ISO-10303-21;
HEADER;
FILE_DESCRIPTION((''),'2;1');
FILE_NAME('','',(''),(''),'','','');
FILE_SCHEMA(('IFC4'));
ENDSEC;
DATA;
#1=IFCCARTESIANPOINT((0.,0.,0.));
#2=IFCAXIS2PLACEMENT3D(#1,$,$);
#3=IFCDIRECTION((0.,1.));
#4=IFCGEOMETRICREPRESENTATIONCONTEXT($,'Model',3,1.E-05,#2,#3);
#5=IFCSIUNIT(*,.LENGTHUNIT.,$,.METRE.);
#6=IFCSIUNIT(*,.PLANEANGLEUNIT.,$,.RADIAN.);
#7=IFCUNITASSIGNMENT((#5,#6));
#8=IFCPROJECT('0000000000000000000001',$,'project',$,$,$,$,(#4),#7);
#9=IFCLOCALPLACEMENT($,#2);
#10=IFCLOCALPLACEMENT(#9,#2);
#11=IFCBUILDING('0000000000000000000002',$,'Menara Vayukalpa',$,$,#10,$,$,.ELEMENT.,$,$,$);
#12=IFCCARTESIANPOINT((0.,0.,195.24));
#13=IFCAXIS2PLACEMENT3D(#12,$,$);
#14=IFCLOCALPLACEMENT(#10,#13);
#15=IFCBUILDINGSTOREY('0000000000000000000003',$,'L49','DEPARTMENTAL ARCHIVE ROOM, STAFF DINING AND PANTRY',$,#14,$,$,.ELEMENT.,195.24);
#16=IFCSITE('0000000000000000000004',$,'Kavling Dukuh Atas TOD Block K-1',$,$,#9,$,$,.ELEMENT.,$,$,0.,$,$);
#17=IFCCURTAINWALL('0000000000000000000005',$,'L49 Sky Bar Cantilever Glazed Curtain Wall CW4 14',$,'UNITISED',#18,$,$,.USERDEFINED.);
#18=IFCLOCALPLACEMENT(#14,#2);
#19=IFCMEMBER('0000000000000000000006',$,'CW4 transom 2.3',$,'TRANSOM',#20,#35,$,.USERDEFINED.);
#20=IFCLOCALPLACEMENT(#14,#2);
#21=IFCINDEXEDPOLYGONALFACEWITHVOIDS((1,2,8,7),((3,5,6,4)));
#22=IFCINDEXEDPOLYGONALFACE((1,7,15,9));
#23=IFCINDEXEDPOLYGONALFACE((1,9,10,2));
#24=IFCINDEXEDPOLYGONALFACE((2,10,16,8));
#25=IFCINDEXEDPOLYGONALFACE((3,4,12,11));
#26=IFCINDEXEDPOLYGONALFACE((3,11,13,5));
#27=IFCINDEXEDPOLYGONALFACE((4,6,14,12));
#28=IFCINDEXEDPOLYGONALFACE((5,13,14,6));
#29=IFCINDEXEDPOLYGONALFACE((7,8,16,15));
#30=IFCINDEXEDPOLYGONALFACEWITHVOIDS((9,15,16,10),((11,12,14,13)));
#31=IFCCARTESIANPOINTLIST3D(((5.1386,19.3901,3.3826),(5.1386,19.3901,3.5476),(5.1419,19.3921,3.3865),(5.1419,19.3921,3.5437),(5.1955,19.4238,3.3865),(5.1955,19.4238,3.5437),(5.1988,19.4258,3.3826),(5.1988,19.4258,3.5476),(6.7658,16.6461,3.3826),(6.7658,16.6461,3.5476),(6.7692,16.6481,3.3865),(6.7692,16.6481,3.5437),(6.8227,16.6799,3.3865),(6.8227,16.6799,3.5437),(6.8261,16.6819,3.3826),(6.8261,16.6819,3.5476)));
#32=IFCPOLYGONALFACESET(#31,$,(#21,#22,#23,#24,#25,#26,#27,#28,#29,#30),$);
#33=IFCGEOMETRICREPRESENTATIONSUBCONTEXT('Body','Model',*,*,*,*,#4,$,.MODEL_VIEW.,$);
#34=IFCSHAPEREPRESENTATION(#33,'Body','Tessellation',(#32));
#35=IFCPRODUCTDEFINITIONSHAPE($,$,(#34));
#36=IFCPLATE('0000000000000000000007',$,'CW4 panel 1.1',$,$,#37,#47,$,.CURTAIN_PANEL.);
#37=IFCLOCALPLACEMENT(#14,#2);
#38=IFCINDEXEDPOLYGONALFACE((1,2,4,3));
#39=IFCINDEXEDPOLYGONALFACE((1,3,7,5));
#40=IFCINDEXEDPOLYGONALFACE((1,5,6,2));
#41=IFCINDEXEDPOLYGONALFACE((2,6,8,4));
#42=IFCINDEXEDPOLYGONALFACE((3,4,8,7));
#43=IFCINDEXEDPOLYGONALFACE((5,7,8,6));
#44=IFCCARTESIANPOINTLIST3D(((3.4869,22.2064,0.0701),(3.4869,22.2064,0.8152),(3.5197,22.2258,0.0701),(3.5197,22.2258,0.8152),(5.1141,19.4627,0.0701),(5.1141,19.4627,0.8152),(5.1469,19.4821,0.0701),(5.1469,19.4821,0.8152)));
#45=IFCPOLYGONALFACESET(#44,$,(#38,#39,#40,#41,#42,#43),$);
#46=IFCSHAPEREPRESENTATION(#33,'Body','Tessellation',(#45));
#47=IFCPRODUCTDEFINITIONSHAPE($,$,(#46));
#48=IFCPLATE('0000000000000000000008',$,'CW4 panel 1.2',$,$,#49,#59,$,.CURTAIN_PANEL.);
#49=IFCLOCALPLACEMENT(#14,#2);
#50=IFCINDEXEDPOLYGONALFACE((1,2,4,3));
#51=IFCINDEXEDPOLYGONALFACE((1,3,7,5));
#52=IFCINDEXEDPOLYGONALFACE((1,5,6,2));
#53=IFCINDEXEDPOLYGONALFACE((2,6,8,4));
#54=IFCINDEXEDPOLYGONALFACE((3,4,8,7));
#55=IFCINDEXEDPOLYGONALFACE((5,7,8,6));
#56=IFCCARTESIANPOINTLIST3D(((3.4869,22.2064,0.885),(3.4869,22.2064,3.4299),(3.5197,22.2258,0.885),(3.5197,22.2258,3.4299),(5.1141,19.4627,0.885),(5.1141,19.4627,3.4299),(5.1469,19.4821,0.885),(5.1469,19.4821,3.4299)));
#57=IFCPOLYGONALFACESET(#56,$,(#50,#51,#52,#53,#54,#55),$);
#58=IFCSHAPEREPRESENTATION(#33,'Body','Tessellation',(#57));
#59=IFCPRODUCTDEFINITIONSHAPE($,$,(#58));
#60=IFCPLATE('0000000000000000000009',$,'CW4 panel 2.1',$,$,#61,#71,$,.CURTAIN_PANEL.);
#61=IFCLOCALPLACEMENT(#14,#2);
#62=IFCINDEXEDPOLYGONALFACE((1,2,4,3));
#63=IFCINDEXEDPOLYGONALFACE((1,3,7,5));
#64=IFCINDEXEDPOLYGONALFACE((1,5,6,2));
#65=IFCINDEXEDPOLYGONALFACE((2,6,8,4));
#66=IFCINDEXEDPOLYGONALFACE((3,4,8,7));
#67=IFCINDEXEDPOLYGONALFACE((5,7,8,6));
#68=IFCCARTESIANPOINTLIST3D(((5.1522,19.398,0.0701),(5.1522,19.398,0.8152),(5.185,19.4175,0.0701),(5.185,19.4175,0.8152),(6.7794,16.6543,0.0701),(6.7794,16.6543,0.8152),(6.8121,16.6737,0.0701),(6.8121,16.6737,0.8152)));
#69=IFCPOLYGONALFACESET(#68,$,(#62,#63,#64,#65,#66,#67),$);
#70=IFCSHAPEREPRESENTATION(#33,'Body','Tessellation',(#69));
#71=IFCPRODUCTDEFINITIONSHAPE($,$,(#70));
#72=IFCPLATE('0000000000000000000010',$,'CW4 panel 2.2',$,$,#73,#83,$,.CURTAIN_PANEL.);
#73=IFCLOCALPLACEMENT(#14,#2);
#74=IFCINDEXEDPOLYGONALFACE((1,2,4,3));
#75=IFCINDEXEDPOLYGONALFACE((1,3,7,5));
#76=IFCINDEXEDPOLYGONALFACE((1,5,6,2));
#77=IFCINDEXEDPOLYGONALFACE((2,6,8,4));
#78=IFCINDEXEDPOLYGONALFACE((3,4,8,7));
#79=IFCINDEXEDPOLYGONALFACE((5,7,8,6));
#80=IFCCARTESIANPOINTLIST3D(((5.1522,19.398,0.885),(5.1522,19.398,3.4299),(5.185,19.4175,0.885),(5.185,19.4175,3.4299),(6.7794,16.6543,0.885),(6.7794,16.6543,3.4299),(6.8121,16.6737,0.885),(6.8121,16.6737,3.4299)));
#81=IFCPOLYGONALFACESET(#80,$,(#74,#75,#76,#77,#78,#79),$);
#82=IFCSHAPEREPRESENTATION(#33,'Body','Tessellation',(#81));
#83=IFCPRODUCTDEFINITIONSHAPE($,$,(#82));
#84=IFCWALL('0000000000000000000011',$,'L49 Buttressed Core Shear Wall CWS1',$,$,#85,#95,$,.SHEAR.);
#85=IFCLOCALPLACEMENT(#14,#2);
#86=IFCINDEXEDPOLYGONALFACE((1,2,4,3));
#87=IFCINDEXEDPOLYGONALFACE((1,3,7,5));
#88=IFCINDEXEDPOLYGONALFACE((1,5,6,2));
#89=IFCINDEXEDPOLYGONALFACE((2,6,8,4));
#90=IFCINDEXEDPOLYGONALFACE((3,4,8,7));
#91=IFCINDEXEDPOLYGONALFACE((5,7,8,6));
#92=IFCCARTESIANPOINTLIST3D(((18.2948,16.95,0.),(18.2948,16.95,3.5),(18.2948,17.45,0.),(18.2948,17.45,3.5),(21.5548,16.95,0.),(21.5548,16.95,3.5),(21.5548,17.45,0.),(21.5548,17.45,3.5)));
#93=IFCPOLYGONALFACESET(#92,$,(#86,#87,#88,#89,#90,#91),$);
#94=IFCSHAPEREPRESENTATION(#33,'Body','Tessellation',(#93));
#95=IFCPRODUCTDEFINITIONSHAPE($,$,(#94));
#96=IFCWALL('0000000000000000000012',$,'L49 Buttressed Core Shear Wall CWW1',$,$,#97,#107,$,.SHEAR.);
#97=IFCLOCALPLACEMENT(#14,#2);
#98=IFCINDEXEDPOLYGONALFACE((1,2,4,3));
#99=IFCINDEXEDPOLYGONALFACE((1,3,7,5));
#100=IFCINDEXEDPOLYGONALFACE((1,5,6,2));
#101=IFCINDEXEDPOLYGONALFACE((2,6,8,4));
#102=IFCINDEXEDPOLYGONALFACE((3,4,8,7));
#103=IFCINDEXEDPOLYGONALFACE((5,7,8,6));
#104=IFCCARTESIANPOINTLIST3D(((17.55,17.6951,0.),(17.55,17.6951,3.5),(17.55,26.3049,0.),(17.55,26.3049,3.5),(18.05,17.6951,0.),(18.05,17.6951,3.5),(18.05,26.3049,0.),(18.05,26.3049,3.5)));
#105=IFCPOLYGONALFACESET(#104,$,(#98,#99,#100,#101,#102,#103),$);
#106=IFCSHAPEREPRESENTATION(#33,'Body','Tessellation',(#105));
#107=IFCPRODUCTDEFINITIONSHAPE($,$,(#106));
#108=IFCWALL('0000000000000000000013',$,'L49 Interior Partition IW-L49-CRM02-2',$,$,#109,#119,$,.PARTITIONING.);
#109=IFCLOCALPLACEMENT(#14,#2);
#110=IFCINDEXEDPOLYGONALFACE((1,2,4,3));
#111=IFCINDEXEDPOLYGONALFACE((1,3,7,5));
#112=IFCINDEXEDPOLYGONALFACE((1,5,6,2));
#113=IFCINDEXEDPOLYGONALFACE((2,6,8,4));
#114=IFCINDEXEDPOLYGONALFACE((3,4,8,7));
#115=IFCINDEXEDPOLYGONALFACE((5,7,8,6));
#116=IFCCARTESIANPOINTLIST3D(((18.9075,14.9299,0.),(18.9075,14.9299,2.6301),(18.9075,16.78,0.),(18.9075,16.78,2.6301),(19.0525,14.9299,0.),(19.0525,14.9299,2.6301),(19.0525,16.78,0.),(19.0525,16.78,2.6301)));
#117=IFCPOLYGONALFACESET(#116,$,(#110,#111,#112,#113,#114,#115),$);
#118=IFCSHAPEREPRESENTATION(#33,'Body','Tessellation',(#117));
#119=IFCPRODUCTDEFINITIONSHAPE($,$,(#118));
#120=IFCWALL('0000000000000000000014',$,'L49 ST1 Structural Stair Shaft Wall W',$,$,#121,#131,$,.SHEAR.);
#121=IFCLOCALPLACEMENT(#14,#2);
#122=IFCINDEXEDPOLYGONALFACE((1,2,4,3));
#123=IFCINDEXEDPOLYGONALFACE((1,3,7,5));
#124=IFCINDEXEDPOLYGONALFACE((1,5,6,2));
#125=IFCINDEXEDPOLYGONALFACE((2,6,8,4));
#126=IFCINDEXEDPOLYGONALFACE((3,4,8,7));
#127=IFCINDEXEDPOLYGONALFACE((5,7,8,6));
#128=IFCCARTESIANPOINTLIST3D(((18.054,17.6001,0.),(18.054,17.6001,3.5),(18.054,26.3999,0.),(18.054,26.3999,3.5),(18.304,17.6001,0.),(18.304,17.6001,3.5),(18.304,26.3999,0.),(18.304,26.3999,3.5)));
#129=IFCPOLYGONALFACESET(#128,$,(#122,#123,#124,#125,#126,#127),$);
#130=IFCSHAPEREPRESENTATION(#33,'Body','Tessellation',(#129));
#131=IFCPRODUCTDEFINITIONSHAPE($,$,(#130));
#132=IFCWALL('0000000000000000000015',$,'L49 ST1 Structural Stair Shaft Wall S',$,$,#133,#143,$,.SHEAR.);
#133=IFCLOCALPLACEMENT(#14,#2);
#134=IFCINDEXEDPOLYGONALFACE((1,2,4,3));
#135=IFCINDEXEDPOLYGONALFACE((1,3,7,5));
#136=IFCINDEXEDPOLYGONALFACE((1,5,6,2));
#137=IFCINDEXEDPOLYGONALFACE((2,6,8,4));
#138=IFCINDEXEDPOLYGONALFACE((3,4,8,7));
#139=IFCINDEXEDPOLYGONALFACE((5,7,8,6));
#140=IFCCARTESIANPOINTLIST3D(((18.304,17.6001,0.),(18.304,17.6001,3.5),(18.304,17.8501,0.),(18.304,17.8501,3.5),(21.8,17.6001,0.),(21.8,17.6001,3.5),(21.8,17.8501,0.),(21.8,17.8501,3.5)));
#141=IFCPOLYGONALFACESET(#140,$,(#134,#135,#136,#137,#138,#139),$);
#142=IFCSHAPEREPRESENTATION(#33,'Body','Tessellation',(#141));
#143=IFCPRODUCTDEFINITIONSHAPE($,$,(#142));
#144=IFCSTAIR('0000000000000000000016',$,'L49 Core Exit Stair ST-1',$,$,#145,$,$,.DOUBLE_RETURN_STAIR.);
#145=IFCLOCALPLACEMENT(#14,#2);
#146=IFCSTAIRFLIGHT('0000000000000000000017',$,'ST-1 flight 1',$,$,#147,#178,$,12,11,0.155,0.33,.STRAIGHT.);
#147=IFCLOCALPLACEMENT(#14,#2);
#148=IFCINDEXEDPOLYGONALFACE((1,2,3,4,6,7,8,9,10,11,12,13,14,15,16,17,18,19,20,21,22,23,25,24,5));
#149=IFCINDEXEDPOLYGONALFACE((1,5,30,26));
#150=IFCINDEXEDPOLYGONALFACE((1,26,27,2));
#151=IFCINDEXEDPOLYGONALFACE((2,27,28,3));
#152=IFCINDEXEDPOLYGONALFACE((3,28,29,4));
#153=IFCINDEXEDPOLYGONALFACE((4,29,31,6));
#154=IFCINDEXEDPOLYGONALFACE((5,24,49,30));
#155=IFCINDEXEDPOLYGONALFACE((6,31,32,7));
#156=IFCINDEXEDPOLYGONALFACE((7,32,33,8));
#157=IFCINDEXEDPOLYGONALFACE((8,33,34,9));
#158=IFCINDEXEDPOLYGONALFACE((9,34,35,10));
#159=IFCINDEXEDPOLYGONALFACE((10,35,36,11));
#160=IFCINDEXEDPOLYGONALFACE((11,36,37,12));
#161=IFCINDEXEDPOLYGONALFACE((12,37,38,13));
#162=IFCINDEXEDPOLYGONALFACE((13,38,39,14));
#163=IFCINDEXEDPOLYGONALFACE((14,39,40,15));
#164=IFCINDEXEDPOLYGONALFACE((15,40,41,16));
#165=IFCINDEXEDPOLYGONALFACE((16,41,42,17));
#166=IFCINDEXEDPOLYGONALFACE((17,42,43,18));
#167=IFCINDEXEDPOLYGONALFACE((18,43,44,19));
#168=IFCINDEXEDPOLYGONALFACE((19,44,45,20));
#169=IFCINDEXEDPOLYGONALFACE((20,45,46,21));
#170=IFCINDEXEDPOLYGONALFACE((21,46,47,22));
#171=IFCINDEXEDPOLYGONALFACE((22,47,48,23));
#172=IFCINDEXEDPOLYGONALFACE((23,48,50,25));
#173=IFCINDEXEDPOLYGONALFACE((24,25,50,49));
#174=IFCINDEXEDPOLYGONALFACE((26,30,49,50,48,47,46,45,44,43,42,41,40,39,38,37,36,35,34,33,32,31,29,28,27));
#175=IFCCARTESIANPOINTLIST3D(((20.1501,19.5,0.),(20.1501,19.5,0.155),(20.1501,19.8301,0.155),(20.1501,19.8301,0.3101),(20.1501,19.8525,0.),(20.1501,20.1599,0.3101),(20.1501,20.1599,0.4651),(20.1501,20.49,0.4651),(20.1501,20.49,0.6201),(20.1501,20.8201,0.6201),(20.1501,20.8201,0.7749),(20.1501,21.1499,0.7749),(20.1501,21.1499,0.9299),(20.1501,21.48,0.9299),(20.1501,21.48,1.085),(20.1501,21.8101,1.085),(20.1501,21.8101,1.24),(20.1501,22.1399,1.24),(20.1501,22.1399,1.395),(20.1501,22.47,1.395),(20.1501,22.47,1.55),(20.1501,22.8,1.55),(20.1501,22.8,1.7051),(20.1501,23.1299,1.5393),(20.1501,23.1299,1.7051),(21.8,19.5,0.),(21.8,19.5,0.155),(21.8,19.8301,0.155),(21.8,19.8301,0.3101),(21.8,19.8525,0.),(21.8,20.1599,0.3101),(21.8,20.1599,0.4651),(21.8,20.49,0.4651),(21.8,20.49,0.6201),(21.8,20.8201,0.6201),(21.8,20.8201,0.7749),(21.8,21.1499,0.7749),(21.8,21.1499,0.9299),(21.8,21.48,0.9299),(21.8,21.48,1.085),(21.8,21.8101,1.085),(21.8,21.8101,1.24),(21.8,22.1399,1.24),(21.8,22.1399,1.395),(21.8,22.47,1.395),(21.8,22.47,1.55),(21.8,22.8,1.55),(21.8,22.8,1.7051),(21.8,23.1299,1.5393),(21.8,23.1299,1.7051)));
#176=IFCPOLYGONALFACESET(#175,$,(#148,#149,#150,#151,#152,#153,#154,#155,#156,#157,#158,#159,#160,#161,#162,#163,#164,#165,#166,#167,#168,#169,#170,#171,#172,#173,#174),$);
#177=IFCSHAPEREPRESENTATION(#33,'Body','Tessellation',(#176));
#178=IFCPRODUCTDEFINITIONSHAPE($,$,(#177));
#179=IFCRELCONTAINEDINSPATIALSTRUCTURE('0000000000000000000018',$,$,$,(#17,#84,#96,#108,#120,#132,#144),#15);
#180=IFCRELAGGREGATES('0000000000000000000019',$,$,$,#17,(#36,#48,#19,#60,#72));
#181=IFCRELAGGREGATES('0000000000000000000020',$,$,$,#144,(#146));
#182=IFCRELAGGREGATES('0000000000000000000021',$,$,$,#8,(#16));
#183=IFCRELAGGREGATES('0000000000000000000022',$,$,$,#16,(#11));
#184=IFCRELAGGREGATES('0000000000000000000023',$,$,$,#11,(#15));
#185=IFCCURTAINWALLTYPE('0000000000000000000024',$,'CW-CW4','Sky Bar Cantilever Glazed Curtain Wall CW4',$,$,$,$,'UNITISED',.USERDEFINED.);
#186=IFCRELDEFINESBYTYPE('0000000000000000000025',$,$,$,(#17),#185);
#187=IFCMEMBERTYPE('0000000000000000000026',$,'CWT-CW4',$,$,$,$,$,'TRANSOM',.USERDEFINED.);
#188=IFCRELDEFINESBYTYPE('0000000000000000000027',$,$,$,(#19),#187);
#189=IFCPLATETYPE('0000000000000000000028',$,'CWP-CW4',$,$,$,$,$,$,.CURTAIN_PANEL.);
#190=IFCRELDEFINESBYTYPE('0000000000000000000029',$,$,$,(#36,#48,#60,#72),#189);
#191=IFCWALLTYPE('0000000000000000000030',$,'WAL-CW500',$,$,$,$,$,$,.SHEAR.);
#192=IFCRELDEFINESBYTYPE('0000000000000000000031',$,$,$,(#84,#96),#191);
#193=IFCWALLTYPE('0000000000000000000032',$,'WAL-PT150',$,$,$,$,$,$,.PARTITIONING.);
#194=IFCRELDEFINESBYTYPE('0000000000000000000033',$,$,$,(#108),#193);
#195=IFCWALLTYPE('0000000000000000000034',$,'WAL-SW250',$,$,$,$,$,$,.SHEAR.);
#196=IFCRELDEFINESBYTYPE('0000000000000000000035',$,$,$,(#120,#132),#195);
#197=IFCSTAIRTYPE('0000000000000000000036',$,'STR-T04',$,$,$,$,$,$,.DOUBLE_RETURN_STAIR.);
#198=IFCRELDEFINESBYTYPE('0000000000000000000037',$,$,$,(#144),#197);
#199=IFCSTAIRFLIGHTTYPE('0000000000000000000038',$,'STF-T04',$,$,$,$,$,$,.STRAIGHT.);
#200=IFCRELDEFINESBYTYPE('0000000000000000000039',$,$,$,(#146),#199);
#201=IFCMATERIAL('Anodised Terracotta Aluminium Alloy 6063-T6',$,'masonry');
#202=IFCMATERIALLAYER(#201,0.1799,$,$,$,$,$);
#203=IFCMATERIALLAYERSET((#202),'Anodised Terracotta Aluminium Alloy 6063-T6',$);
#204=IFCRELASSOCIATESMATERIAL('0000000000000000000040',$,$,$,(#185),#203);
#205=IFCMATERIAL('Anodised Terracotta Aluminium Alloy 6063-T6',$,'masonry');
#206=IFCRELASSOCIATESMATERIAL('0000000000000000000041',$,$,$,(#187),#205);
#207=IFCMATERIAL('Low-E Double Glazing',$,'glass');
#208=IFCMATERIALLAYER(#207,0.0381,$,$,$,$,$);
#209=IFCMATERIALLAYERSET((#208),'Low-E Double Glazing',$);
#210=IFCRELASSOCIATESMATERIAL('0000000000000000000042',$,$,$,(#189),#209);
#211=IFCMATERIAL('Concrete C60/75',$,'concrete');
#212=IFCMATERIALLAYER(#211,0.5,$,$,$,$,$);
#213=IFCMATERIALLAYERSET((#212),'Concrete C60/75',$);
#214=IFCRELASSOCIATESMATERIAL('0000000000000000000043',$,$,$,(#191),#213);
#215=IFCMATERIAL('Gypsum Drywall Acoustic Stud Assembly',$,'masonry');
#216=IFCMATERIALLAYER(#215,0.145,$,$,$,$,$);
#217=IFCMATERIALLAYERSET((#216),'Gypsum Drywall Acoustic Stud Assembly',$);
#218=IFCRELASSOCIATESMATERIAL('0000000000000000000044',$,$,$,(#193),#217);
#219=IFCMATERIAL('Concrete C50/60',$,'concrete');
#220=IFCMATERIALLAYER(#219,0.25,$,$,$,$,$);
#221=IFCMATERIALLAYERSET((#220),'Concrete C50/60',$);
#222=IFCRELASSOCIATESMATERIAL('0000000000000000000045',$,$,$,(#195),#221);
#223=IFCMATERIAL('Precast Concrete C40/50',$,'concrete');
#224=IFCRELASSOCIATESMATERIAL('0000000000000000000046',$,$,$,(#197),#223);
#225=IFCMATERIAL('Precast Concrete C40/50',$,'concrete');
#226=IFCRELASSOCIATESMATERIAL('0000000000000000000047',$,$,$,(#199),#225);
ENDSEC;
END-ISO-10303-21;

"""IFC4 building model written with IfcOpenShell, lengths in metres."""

from ifc_helpers import new_model, si_unit, direction, frame, frame_2d, origin, origin_2d, place, context, subcontext, project, spatial, polyline, rectangle, hollow_rectangle, outline, extrude, material, layer, layer_set, material_profile, profile_set, type_object, element, aggregate, save


model = new_model("IFC4")

# Units and contexts
model_context = context("Model", 3, precision=1e-05, world=origin(), true_north=direction((0.0, 1.0)))
body_context = subcontext(model_context, "Body", "Model", "MODEL_VIEW")
ifc_project = project(units=[si_unit("LENGTHUNIT", "METRE"), si_unit("PLANEANGLEUNIT", "RADIAN")], contexts=[model_context])

# Site, building, storey
site_placement = place(None, origin())
site = spatial("IfcSite", under=ifc_project, at=site_placement, Name="Kavling Dukuh Atas TOD Block K-1", CompositionType="ELEMENT", RefElevation=0.0)
building_placement = place(site_placement, origin())
building = spatial("IfcBuilding", under=site, at=building_placement, Name="Menara Vayukalpa", CompositionType="ELEMENT")
storey_placement = place(building_placement, frame((0.0, 0.0, 195.24)))
storey = spatial("IfcBuildingStorey", under=building, at=storey_placement, Name="L49", Description="DEPARTMENTAL ARCHIVE ROOM, STAFF DINING AND PANTRY", CompositionType="ELEMENT", Elevation=195.24)

# Shared definitions
ifc_material_1 = material(Name="Anodised Terracotta Aluminium Alloy 6063-T6", Category="masonry")
ifc_layer_1 = layer(ifc_material_1, 0.1799)
ifc_layer_set_1 = layer_set([ifc_layer_1], Name="Anodised Terracotta Aluminium Alloy 6063-T6")
curtain_wall_type = type_object("IfcCurtainWallType", Name="CW-CW4", Description="Sky Bar Cantilever Glazed Curtain Wall CW4", ElementType="UNITISED", PredefinedType="USERDEFINED", material=ifc_layer_set_1)

# Curtain wall, member, plates
curtain_wall_1_placement = place(storey_placement, origin())
curtain_wall_1 = element("IfcCurtainWall", 1, at=curtain_wall_1_placement, inside=storey, type_object=curtain_wall_type, Name="L49 Sky Bar Cantilever Glazed Curtain Wall CW4 14", ObjectType="UNITISED", PredefinedType="USERDEFINED")
ifc_material_2 = material(Name="Anodised Terracotta Aluminium Alloy 6063-T6", Category="masonry")
ifc_material_profile_1 = material_profile(ifc_material_2, hollow_rectangle(XDim=0.0701, YDim=0.165, WallThickness=0.0039, at=origin_2d()), Name="ALU 70x165x4")
ifc_profile_set_1 = profile_set([ifc_material_profile_1], Name="Anodised Terracotta Aluminium Alloy 6063-T6")
member_type_1 = type_object("IfcMemberType", Name="CWT-CW4", ElementType="TRANSOM", PredefinedType="USERDEFINED", material=ifc_profile_set_1)
member_1_placement = place(storey_placement, frame((5.1687, 19.408, 3.4651), z_axis=(0.510077, -0.860129, 0.0), x_axis=(0.860129, 0.510077, 0.0)))
member_1 = element("IfcMember", 2, at=member_1_placement, type_object=member_type_1, Name="CW4 transom 2.3", ObjectType="TRANSOM", PredefinedType="USERDEFINED", context=body_context, shape_type="SweptSolid", body=[
    extrude(hollow_rectangle(XDim=0.0701, YDim=0.165, WallThickness=0.0039, at=origin_2d()), origin(), (0.0, 0.0, 1.0), 3.1902),
])
ifc_material_3 = material(Name="Low-E Double Glazing", Category="glass")
ifc_layer_2 = layer(ifc_material_3, 0.0381)
ifc_layer_set_2 = layer_set([ifc_layer_2], Name="Low-E Double Glazing")
plate_type = type_object("IfcPlateType", Name="CWP-CW4", PredefinedType="CURTAIN_PANEL", material=ifc_layer_set_2)
plate_1_placement = place(storey_placement, frame((4.3169, 20.8442, 0.0701), z_axis=(0.0, 0.0, 1.0), x_axis=(0.510092, -0.86012, 0.0)))
plate_1 = element("IfcPlate", 3, at=plate_1_placement, type_object=plate_type, Name="CW4 panel 1.1", PredefinedType="CURTAIN_PANEL", context=body_context, shape_type="SweptSolid", body=[
    extrude(rectangle(XDim=3.1899, YDim=0.0381, at=origin_2d()), origin(), (0.0, 0.0, 1.0), 0.7451),
])
plate_2_placement = place(storey_placement, frame((4.3169, 20.8442, 0.885), z_axis=(0.0, 0.0, 1.0), x_axis=(0.510092, -0.86012, 0.0)))
plate_2 = element("IfcPlate", 4, at=plate_2_placement, type_object=plate_type, Name="CW4 panel 1.2", PredefinedType="CURTAIN_PANEL", context=body_context, shape_type="SweptSolid", body=[
    extrude(rectangle(XDim=3.1899, YDim=0.0381, at=origin_2d()), origin(), (0.0, 0.0, 1.0), 2.5449),
])
plate_3_placement = place(storey_placement, frame((5.9822, 18.0359, 0.0701), z_axis=(0.0, 0.0, 1.0), x_axis=(0.510092, -0.86012, 0.0)))
plate_3 = element("IfcPlate", 5, at=plate_3_placement, type_object=plate_type, Name="CW4 panel 2.1", PredefinedType="CURTAIN_PANEL", context=body_context, shape_type="SweptSolid", body=[
    extrude(rectangle(XDim=3.1899, YDim=0.0381, at=origin_2d()), origin(), (0.0, 0.0, 1.0), 0.7451),
])
plate_4_placement = place(storey_placement, frame((5.9822, 18.0359, 0.885), z_axis=(0.0, 0.0, 1.0), x_axis=(0.510092, -0.86012, 0.0)))
plate_4 = element("IfcPlate", 6, at=plate_4_placement, type_object=plate_type, Name="CW4 panel 2.2", PredefinedType="CURTAIN_PANEL", context=body_context, shape_type="SweptSolid", body=[
    extrude(rectangle(XDim=3.1899, YDim=0.0381, at=origin_2d()), origin(), (0.0, 0.0, 1.0), 2.5449),
])
aggregate(curtain_wall_1, [plate_1, plate_2, member_1, plate_3, plate_4])

# Walls
ifc_material_4 = material(Name="Concrete C60/75", Category="concrete")
ifc_layer_3 = layer(ifc_material_4, 0.5)
ifc_layer_set_3 = layer_set([ifc_layer_3], Name="Concrete C60/75")
wall_type_1 = type_object("IfcWallType", Name="WAL-CW500", PredefinedType="SHEAR", material=ifc_layer_set_3)
wall_1_placement = place(storey_placement, frame((18.2949, 17.2, 0.0), z_axis=(0.0, 0.0, 1.0), x_axis=(1.0, 0.0, 0.0)))
element("IfcWall", 7, at=wall_1_placement, inside=storey, type_object=wall_type_1, Name="L49 Buttressed Core Shear Wall CWS1", PredefinedType="SHEAR", context=body_context, shape_type="SweptSolid", body=[
    extrude(rectangle(XDim=3.26, YDim=0.5, at=frame_2d((1.6299, 0.0))), origin(), (0.0, 0.0, 1.0), 3.5),
])
wall_2_placement = place(storey_placement, frame((17.8, 17.6951, 0.0), z_axis=(0.0, 0.0, 1.0), x_axis=(0.0, 1.0, 0.0)))
element("IfcWall", 8, at=wall_2_placement, inside=storey, type_object=wall_type_1, Name="L49 Buttressed Core Shear Wall CWW1", PredefinedType="SHEAR", context=body_context, shape_type="SweptSolid", body=[
    extrude(rectangle(XDim=8.6099, YDim=0.5, at=frame_2d((4.3049, 0.0))), origin(), (0.0, 0.0, 1.0), 3.5),
])
ifc_material_5 = material(Name="Gypsum Drywall Acoustic Stud Assembly", Category="masonry")
ifc_layer_4 = layer(ifc_material_5, 0.145)
ifc_layer_set_4 = layer_set([ifc_layer_4], Name="Gypsum Drywall Acoustic Stud Assembly")
wall_type_2 = type_object("IfcWallType", Name="WAL-PT150", PredefinedType="PARTITIONING", material=ifc_layer_set_4)
wall_3_placement = place(storey_placement, frame((18.98, 16.78, 0.0), z_axis=(0.0, 0.0, 1.0), x_axis=(0.0, -1.0, 0.0)))
element("IfcWall", 9, at=wall_3_placement, inside=storey, type_object=wall_type_2, Name="L49 Interior Partition IW-L49-CRM02-2", PredefinedType="PARTITIONING", context=body_context, shape_type="SweptSolid", body=[
    extrude(rectangle(XDim=1.8501, YDim=0.145, at=frame_2d((0.925, 0.0))), origin(), (0.0, 0.0, 1.0), 2.6301),
])
ifc_material_6 = material(Name="Concrete C50/60", Category="concrete")
ifc_layer_5 = layer(ifc_material_6, 0.25)
ifc_layer_set_5 = layer_set([ifc_layer_5], Name="Concrete C50/60")
wall_type_3 = type_object("IfcWallType", Name="WAL-SW250", PredefinedType="SHEAR", material=ifc_layer_set_5)
wall_4_placement = place(storey_placement, frame((18.179, 17.6001, 0.0), z_axis=(0.0, 0.0, 1.0), x_axis=(0.0, 1.0, 0.0)))
element("IfcWall", 10, at=wall_4_placement, inside=storey, type_object=wall_type_3, Name="L49 ST1 Structural Stair Shaft Wall W", PredefinedType="SHEAR", context=body_context, shape_type="SweptSolid", body=[
    extrude(rectangle(XDim=8.7998, YDim=0.25, at=frame_2d((4.3999, 0.0))), origin(), (0.0, 0.0, 1.0), 3.5),
])
wall_5_placement = place(storey_placement, frame((18.304, 17.7251, 0.0), z_axis=(0.0, 0.0, 1.0), x_axis=(1.0, 0.0, 0.0)))
element("IfcWall", 11, at=wall_5_placement, inside=storey, type_object=wall_type_3, Name="L49 ST1 Structural Stair Shaft Wall S", PredefinedType="SHEAR", context=body_context, shape_type="SweptSolid", body=[
    extrude(rectangle(XDim=3.4961, YDim=0.25, at=frame_2d((1.748, 0.0))), origin(), (0.0, 0.0, 1.0), 3.5),
])

# Stair, stair flight
ifc_material_7 = material(Name="Precast Concrete C40/50", Category="concrete")
stair_type = type_object("IfcStairType", Name="STR-T04", PredefinedType="DOUBLE_RETURN_STAIR", material=ifc_material_7)
stair_placement = place(storey_placement, origin())
stair = element("IfcStair", 12, at=stair_placement, inside=storey, type_object=stair_type, Name="L49 Core Exit Stair ST-1", PredefinedType="DOUBLE_RETURN_STAIR")
ifc_material_8 = material(Name="Precast Concrete C40/50", Category="concrete")
stair_flight_type = type_object("IfcStairFlightType", Name="STF-T04", PredefinedType="STRAIGHT", material=ifc_material_8)
stair_flight_placement = place(storey_placement, frame((20.9751, 19.5, 0.0), z_axis=(0.0, 0.0, 1.0), x_axis=(0.0, 1.0, 0.0)))
stair_flight = element("IfcStairFlight", 13, at=stair_flight_placement, type_object=stair_flight_type, Name="ST-1 flight 1", NumberOfRisers=12, NumberOfTreads=11, PredefinedType="STRAIGHT", RiserHeight=0.155, TreadLength=0.33, context=body_context, shape_type="SweptSolid", body=[
    extrude(outline(polyline([(0.0, 0.0), (0.0, 0.155), (0.3301, 0.155), (0.3301, 0.3101), (0.6599, 0.3101), (0.6599, 0.4651), (0.99, 0.4651), (0.99, 0.6201), (1.3201, 0.6201), (1.3201, 0.7749), (1.6499, 0.7749), (1.6499, 0.9299), (1.98, 0.9299), (1.98, 1.085), (2.3101, 1.085), (2.3101, 1.24), (2.6399, 1.24), (2.6399, 1.395), (2.97, 1.395), (2.97, 1.55), (3.3, 1.55), (3.3, 1.7051), (3.6299, 1.7051), (3.6299, 1.8601), (3.6299, 1.5393), (0.3525, 0.0), (0.0, 0.0)])), frame((0.0, 0.825, 0.0), z_axis=(0.0, -1.0, 0.0), x_axis=(1.0, 0.0, 0.0)), (0.0, 0.0, 1.0), 1.6499),
])
aggregate(stair, [stair_flight])

save(model, "model.ifc")
